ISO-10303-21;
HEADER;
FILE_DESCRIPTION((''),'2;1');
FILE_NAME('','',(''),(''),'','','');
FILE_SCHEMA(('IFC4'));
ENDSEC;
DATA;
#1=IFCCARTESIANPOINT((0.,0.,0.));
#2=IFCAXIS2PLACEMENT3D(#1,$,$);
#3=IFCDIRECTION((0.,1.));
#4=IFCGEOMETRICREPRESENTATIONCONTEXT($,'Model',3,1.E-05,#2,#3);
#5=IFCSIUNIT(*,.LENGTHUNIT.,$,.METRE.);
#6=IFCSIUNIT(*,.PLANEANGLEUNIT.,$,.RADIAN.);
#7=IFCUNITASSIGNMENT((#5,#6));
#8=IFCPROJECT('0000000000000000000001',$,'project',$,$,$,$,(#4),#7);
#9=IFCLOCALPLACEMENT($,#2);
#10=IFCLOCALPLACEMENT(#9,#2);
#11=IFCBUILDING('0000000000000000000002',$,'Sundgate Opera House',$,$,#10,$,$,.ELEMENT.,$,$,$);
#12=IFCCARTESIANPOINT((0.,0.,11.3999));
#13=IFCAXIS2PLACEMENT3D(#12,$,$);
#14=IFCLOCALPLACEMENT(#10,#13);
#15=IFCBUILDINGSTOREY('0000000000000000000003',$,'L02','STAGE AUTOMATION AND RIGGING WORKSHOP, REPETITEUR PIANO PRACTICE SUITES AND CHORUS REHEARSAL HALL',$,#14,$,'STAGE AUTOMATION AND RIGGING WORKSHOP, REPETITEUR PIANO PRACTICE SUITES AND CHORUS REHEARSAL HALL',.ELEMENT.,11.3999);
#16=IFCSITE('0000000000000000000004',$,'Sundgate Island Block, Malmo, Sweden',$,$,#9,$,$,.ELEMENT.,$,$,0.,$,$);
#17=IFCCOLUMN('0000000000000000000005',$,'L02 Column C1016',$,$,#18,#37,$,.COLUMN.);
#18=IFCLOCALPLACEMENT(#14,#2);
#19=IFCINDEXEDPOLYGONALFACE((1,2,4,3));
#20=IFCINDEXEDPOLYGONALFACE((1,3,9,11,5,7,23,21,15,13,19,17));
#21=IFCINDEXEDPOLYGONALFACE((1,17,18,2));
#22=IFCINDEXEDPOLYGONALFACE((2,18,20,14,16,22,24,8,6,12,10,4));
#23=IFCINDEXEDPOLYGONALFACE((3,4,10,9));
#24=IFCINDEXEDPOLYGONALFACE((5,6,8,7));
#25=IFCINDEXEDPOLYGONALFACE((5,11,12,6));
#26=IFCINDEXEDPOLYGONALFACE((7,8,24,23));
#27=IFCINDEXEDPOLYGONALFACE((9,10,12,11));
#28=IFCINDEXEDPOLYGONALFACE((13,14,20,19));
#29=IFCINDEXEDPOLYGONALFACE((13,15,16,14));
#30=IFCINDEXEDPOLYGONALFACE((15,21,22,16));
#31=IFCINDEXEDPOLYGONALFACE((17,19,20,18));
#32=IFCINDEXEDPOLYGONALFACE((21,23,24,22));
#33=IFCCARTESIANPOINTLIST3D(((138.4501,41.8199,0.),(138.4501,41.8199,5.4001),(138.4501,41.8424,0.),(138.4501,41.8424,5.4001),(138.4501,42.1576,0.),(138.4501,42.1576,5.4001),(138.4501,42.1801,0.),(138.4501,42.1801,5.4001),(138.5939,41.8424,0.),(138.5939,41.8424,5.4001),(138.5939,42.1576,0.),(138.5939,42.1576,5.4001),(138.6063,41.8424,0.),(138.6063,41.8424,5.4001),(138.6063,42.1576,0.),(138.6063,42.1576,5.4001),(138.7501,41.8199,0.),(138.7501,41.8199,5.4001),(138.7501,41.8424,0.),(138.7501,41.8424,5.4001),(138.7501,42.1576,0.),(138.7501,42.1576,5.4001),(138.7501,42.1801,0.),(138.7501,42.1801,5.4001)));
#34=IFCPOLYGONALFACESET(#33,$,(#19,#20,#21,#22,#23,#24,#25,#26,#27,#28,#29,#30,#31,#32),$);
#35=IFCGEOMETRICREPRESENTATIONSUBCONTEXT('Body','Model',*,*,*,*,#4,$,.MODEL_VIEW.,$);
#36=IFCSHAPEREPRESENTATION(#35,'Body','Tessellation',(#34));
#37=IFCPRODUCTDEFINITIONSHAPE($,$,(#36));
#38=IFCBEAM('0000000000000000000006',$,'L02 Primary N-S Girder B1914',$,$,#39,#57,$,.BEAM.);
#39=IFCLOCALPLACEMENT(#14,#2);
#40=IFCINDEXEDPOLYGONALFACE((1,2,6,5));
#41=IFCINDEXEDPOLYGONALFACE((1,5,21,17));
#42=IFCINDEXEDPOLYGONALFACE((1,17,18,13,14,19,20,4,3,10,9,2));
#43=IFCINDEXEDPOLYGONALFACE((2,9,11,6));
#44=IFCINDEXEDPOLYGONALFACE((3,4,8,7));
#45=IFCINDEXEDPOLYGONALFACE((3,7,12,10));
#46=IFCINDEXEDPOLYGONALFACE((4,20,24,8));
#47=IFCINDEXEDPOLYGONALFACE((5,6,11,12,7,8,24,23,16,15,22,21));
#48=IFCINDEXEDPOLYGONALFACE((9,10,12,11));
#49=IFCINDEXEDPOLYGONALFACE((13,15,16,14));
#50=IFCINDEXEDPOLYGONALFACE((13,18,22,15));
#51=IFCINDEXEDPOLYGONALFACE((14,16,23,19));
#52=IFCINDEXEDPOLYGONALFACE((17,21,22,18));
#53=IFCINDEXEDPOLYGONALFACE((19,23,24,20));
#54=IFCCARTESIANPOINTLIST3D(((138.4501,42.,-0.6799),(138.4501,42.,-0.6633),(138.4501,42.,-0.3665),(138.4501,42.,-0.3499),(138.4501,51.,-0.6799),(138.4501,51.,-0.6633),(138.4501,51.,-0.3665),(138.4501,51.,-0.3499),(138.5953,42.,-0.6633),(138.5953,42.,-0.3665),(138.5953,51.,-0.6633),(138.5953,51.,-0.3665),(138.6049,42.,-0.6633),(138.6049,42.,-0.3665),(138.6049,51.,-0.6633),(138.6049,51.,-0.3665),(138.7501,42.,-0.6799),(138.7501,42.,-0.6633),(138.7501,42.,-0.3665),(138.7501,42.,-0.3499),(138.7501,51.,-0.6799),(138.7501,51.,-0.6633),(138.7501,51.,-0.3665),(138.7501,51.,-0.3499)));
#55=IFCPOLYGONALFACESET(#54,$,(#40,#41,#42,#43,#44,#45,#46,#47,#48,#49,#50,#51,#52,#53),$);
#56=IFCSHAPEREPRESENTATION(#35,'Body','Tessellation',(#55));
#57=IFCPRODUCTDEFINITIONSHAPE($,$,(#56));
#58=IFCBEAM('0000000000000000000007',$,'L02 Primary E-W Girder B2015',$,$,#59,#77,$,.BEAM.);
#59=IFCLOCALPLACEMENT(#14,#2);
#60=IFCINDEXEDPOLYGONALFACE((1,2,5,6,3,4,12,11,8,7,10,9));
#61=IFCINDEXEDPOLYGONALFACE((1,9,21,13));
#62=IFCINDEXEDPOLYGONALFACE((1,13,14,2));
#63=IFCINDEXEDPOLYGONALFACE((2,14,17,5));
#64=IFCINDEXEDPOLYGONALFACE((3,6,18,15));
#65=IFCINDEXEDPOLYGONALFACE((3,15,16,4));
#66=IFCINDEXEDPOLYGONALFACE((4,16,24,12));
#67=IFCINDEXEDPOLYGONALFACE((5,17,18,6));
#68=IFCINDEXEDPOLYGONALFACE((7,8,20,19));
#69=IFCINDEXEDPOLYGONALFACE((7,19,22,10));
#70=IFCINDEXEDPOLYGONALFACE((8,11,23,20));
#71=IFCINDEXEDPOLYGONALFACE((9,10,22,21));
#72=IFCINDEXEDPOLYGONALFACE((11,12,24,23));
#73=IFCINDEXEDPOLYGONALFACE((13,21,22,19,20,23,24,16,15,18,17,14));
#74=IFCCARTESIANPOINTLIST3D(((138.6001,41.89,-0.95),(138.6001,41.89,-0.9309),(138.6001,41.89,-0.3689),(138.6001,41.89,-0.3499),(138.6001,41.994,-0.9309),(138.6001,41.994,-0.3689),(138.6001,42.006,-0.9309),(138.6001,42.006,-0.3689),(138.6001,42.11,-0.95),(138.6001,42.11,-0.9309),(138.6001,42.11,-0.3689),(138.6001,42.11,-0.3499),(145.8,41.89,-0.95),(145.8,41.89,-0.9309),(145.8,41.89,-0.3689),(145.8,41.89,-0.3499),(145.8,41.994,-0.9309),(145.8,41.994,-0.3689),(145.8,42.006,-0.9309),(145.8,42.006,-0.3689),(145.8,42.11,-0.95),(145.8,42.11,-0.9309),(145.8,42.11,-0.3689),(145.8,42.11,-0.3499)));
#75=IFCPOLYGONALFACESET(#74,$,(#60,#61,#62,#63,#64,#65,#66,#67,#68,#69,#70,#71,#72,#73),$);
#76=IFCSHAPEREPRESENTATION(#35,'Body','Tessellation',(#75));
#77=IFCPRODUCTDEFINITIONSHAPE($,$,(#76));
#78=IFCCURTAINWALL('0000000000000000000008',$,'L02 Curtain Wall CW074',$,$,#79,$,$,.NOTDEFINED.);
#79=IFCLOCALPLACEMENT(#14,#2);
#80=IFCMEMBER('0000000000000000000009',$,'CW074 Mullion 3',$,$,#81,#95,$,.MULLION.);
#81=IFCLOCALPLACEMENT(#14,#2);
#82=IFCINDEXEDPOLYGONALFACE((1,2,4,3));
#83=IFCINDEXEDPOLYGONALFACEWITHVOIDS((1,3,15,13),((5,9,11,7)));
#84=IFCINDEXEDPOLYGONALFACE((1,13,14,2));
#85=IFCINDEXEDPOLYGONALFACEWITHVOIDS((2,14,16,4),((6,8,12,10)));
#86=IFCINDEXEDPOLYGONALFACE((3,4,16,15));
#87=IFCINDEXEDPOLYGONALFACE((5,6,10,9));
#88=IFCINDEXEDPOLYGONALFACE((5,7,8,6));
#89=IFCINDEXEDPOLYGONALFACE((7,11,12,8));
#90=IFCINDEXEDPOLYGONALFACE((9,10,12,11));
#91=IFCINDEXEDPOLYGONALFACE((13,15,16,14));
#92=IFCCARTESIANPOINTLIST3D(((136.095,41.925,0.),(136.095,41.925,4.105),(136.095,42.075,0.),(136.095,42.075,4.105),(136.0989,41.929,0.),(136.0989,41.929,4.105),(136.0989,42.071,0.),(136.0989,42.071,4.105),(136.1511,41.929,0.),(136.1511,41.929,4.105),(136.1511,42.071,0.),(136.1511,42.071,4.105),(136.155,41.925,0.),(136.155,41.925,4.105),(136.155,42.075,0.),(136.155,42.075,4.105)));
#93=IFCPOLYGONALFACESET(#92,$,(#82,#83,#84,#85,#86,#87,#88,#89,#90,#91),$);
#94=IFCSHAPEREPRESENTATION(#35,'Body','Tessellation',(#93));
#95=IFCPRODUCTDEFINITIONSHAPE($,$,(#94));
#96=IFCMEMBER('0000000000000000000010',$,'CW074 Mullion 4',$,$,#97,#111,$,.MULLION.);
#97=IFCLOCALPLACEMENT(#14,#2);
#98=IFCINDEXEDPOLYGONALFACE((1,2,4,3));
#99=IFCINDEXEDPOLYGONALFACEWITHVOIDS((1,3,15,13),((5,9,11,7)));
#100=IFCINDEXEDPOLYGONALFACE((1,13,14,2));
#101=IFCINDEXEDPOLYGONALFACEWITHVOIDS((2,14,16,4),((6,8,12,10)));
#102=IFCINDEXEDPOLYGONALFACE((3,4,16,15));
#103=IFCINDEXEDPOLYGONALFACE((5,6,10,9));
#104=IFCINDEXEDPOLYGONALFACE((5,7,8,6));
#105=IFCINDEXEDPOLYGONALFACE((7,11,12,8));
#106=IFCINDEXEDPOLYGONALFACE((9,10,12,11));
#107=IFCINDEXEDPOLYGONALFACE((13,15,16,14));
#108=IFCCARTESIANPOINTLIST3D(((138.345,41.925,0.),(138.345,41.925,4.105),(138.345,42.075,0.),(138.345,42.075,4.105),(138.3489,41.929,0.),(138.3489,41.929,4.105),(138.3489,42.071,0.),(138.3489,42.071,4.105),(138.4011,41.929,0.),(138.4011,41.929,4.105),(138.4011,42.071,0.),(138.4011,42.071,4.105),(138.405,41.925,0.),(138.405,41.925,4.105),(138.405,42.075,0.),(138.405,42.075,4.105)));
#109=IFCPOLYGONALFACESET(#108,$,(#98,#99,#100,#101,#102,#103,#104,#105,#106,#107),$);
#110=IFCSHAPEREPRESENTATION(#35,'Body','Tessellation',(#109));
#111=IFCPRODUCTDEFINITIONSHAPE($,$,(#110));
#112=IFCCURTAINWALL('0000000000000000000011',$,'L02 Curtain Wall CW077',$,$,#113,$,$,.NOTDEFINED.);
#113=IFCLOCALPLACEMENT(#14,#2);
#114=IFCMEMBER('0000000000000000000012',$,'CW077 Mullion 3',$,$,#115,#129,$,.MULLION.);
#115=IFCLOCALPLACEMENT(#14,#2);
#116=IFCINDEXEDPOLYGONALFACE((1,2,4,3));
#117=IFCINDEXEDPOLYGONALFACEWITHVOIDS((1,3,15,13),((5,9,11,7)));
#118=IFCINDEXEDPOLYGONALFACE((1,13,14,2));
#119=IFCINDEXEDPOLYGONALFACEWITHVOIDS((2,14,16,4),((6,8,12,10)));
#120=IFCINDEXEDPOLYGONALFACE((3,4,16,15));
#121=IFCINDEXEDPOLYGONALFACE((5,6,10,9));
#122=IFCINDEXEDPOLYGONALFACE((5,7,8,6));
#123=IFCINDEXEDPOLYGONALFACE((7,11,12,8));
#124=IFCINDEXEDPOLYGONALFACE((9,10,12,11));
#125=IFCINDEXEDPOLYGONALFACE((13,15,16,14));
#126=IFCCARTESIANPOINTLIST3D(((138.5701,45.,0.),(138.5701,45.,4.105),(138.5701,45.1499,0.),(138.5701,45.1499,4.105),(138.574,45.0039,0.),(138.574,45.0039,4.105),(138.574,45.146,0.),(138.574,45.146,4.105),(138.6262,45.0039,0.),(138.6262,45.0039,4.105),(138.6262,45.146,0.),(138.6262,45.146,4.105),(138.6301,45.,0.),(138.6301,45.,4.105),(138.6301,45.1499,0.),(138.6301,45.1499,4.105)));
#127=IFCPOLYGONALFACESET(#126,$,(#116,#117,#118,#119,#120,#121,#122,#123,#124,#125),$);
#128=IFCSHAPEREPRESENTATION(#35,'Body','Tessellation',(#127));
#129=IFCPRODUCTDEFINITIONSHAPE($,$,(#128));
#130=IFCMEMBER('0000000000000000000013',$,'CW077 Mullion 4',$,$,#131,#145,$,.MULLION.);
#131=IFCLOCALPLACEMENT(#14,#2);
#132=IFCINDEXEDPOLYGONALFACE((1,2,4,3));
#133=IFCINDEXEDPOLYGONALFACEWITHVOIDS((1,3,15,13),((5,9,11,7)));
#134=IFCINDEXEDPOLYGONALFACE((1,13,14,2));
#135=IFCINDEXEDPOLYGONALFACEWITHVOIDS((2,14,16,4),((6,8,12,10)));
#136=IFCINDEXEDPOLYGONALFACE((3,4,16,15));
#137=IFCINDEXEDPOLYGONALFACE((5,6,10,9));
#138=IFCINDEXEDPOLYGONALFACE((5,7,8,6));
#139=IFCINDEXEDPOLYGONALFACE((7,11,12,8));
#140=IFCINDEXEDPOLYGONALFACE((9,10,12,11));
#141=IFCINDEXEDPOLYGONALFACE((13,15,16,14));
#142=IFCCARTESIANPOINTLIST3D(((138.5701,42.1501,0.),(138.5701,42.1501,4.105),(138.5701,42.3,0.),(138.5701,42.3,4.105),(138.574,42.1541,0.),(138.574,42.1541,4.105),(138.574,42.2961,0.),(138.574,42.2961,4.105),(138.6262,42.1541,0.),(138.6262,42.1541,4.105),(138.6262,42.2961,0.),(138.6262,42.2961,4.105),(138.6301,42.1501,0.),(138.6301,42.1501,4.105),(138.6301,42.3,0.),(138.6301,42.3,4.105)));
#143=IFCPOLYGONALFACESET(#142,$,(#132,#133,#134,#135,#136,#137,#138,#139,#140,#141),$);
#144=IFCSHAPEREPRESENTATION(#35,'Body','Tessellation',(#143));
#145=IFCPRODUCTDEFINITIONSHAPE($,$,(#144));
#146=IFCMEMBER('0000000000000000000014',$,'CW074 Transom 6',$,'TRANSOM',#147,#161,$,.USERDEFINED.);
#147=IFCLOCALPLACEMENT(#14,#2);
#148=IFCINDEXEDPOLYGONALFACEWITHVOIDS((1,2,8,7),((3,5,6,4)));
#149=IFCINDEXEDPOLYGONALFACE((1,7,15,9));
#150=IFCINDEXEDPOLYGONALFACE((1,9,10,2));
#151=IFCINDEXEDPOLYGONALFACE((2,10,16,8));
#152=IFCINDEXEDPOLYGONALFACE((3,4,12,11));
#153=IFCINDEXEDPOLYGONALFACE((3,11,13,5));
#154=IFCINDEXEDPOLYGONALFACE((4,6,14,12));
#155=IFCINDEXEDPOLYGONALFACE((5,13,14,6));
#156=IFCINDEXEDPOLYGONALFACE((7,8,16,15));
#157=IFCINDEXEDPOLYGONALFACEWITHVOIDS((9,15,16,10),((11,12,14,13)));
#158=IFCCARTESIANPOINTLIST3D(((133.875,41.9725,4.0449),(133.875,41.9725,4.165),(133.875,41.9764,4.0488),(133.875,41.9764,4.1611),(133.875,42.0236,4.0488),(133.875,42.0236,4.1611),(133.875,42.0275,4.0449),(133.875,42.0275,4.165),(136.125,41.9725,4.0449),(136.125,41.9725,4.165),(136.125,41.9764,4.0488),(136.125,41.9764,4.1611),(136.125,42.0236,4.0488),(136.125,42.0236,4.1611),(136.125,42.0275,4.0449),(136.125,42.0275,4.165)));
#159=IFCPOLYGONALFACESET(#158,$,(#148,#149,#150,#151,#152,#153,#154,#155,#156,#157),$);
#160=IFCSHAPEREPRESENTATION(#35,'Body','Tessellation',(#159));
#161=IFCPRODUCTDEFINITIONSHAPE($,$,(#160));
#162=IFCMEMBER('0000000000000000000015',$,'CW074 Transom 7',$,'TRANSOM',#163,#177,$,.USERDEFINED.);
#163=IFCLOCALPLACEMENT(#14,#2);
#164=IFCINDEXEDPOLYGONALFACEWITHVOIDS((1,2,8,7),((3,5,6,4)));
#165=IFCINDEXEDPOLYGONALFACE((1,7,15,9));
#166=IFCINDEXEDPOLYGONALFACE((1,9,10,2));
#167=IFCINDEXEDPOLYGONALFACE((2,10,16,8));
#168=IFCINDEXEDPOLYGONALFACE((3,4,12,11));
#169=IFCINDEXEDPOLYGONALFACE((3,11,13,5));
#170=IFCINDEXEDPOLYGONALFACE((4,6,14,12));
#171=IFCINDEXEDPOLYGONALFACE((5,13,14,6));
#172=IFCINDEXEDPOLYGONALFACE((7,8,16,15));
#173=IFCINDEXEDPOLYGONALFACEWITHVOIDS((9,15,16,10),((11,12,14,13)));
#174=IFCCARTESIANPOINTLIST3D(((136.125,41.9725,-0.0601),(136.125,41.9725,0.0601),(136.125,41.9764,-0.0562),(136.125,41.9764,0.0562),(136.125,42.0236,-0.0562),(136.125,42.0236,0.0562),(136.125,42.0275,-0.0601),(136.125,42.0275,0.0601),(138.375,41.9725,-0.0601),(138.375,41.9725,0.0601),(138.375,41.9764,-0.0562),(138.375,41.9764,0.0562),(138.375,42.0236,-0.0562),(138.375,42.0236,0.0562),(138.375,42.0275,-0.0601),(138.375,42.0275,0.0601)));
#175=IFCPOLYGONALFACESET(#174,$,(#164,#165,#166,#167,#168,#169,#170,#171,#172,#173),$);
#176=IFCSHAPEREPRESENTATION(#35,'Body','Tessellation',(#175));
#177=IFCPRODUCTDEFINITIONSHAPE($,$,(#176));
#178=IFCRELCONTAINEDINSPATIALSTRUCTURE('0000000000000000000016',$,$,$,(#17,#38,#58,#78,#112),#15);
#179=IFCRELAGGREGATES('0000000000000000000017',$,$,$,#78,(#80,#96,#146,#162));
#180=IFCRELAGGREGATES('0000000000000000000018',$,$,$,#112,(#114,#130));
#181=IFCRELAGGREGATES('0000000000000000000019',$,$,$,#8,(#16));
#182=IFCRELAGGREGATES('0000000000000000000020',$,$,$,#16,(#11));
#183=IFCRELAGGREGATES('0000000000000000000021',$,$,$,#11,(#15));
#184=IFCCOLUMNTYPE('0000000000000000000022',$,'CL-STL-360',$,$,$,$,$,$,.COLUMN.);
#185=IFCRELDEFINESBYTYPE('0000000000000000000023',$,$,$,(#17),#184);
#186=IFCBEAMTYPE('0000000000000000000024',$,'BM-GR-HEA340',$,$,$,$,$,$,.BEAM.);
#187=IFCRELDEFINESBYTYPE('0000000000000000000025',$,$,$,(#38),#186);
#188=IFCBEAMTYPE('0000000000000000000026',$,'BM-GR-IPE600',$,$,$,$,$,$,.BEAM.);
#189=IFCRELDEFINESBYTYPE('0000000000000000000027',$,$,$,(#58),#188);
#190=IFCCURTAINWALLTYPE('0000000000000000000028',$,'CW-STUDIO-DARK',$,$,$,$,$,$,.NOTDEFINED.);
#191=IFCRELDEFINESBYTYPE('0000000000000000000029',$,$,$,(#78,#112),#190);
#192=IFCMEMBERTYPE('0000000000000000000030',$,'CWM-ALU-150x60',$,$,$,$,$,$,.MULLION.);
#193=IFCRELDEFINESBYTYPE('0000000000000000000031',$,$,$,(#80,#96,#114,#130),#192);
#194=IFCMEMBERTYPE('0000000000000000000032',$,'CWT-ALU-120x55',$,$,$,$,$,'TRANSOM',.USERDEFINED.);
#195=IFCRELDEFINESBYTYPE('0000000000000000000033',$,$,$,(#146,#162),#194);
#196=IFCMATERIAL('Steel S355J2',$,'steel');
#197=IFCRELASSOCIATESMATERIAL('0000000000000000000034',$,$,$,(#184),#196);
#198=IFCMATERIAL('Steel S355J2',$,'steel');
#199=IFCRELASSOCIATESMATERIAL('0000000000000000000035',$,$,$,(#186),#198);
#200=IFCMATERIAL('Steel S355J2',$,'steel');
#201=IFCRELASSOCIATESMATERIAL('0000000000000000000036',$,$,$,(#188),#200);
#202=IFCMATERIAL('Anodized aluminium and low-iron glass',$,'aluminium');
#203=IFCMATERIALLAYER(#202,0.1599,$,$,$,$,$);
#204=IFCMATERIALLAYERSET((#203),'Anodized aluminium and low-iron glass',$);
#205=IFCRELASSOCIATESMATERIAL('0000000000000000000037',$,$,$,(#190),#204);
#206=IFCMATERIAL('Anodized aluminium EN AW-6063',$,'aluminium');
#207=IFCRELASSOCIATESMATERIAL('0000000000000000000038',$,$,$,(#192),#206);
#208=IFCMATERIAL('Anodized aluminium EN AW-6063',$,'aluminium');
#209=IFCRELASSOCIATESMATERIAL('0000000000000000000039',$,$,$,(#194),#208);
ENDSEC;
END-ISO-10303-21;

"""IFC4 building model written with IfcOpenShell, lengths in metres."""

from ifc_helpers import new_model, si_unit, direction, frame, origin, origin_2d, place, context, subcontext, project, spatial, hollow_rectangle, i_section, extrude, material, layer, layer_set, material_profile, profile_set, type_object, element, aggregate, save


model = new_model("IFC4")

# Units and contexts
model_context = context("Model", 3, precision=1e-05, world=origin(), true_north=direction((0.0, 1.0)))
body_context = subcontext(model_context, "Body", "Model", "MODEL_VIEW")
ifc_project = project(units=[si_unit("LENGTHUNIT", "METRE"), si_unit("PLANEANGLEUNIT", "RADIAN")], contexts=[model_context])

# Site, building, storey
site_placement = place(None, origin())
site = spatial("IfcSite", under=ifc_project, at=site_placement, Name="Sundgate Island Block, Malmo, Sweden", CompositionType="ELEMENT", RefElevation=0.0)
building_placement = place(site_placement, origin())
building = spatial("IfcBuilding", under=site, at=building_placement, Name="Sundgate Opera House", CompositionType="ELEMENT")
storey_placement = place(building_placement, frame((0.0, 0.0, 11.3999)))
storey = spatial("IfcBuildingStorey", under=building, at=storey_placement, Name="L02", Description="STAGE AUTOMATION AND RIGGING WORKSHOP, REPETITEUR PIANO PRACTICE SUITES AND CHORUS REHEARSAL HALL", LongName="STAGE AUTOMATION AND RIGGING WORKSHOP, REPETITEUR PIANO PRACTICE SUITES AND CHORUS REHEARSAL HALL", CompositionType="ELEMENT", Elevation=11.3999)

# Column
ifc_material_1 = material(Name="Steel S355J2", Category="steel")
ifc_material_profile_1 = material_profile(ifc_material_1, i_section(OverallWidth=0.3, OverallDepth=0.3601, WebThickness=0.0125, FlangeThickness=0.0225, at=origin_2d()), Name="HEB 360")
ifc_profile_set_1 = profile_set([ifc_material_profile_1], Name="Steel S355J2")
column_type = type_object("IfcColumnType", Name="CL-STL-360", PredefinedType="COLUMN", material=ifc_profile_set_1)
column_placement = place(storey_placement, frame((138.6001, 42.0, 0.0), z_axis=(0.0, 0.0, 1.0), x_axis=(1.0, 0.0, 0.0)))
element("IfcColumn", 1, at=column_placement, inside=storey, type_object=column_type, Name="L02 Column C1016", PredefinedType="COLUMN", context=body_context, shape_type="SweptSolid", body=[
    extrude(i_section(OverallWidth=0.3, OverallDepth=0.3601, WebThickness=0.0125, FlangeThickness=0.0225, at=origin_2d()), origin(), (0.0, 0.0, 1.0), 5.4001),
])

# Beams
ifc_material_2 = material(Name="Steel S355J2", Category="steel")
ifc_material_profile_2 = material_profile(ifc_material_2, i_section(OverallWidth=0.3, OverallDepth=0.3301, WebThickness=0.0095, FlangeThickness=0.0166, at=origin_2d()), Name="HEA 340")
ifc_profile_set_2 = profile_set([ifc_material_profile_2], Name="Steel S355J2")
beam_type_1 = type_object("IfcBeamType", Name="BM-GR-HEA340", PredefinedType="BEAM", material=ifc_profile_set_2)
beam_1_placement = place(storey_placement, frame((138.6001, 42.0, -0.5149), z_axis=(0.0, 1.0, 0.0), x_axis=(-1.0, 0.0, 0.0)))
element("IfcBeam", 2, at=beam_1_placement, inside=storey, type_object=beam_type_1, Name="L02 Primary N-S Girder B1914", PredefinedType="BEAM", context=body_context, shape_type="SweptSolid", body=[
    extrude(i_section(OverallWidth=0.3, OverallDepth=0.3301, WebThickness=0.0095, FlangeThickness=0.0166, at=origin_2d()), origin(), (0.0, 0.0, 1.0), 9.0),
])
ifc_material_3 = material(Name="Steel S355J2", Category="steel")
ifc_material_profile_3 = material_profile(ifc_material_3, i_section(OverallWidth=0.22, OverallDepth=0.6001, WebThickness=0.012, FlangeThickness=0.019, at=origin_2d()), Name="IPE 600")
ifc_profile_set_3 = profile_set([ifc_material_profile_3], Name="Steel S355J2")
beam_type_2 = type_object("IfcBeamType", Name="BM-GR-IPE600", PredefinedType="BEAM", material=ifc_profile_set_3)
beam_2_placement = place(storey_placement, frame((138.6001, 42.0, -0.6499), z_axis=(1.0, 0.0, 0.0), x_axis=(0.0, 1.0, 0.0)))
element("IfcBeam", 3, at=beam_2_placement, inside=storey, type_object=beam_type_2, Name="L02 Primary E-W Girder B2015", PredefinedType="BEAM", context=body_context, shape_type="SweptSolid", body=[
    extrude(i_section(OverallWidth=0.22, OverallDepth=0.6001, WebThickness=0.012, FlangeThickness=0.019, at=origin_2d()), origin(), (0.0, 0.0, 1.0), 7.2),
])

# Curtain walls, members
ifc_material_4 = material(Name="Anodized aluminium and low-iron glass", Category="aluminium")
ifc_layer_1 = layer(ifc_material_4, 0.1599)
ifc_layer_set_1 = layer_set([ifc_layer_1], Name="Anodized aluminium and low-iron glass")
curtain_wall_type = type_object("IfcCurtainWallType", Name="CW-STUDIO-DARK", PredefinedType="NOTDEFINED", material=ifc_layer_set_1)
curtain_wall_1_placement = place(storey_placement, origin())
curtain_wall_1 = element("IfcCurtainWall", 4, at=curtain_wall_1_placement, inside=storey, type_object=curtain_wall_type, Name="L02 Curtain Wall CW074", PredefinedType="NOTDEFINED")
ifc_material_5 = material(Name="Anodized aluminium EN AW-6063", Category="aluminium")
ifc_material_profile_4 = material_profile(ifc_material_5, hollow_rectangle(XDim=0.0601, YDim=0.1499, WallThickness=0.0039, at=origin_2d()), Name="CWM 150x60x4")
ifc_profile_set_4 = profile_set([ifc_material_profile_4], Name="Anodized aluminium EN AW-6063")
member_type_1 = type_object("IfcMemberType", Name="CWM-ALU-150x60", PredefinedType="MULLION", material=ifc_profile_set_4)
member_1_placement = place(storey_placement, frame((136.125, 42.0, 0.0), z_axis=(0.0, 0.0, 1.0), x_axis=(1.0, 0.0, 0.0)))
member_1 = element("IfcMember", 5, at=member_1_placement, type_object=member_type_1, Name="CW074 Mullion 3", PredefinedType="MULLION", context=body_context, shape_type="SweptSolid", body=[
    extrude(hollow_rectangle(XDim=0.0601, YDim=0.1499, WallThickness=0.0039, at=origin_2d()), origin(), (0.0, 0.0, 1.0), 4.105),
])
member_2_placement = place(storey_placement, frame((138.375, 42.0, 0.0), z_axis=(0.0, 0.0, 1.0), x_axis=(1.0, 0.0, 0.0)))
member_2 = element("IfcMember", 6, at=member_2_placement, type_object=member_type_1, Name="CW074 Mullion 4", PredefinedType="MULLION", context=body_context, shape_type="SweptSolid", body=[
    extrude(hollow_rectangle(XDim=0.0601, YDim=0.1499, WallThickness=0.0039, at=origin_2d()), origin(), (0.0, 0.0, 1.0), 4.105),
])
curtain_wall_2_placement = place(storey_placement, origin())
curtain_wall_2 = element("IfcCurtainWall", 7, at=curtain_wall_2_placement, inside=storey, type_object=curtain_wall_type, Name="L02 Curtain Wall CW077", PredefinedType="NOTDEFINED")
member_3_placement = place(storey_placement, frame((138.6001, 45.075, 0.0), z_axis=(0.0, 0.0, 1.0), x_axis=(1.0, 0.0, 0.0)))
member_3 = element("IfcMember", 8, at=member_3_placement, type_object=member_type_1, Name="CW077 Mullion 3", PredefinedType="MULLION", context=body_context, shape_type="SweptSolid", body=[
    extrude(hollow_rectangle(XDim=0.0601, YDim=0.1499, WallThickness=0.0039, at=origin_2d()), origin(), (0.0, 0.0, 1.0), 4.105),
])
member_4_placement = place(storey_placement, frame((138.6001, 42.2251, 0.0), z_axis=(0.0, 0.0, 1.0), x_axis=(1.0, 0.0, 0.0)))
member_4 = element("IfcMember", 9, at=member_4_placement, type_object=member_type_1, Name="CW077 Mullion 4", PredefinedType="MULLION", context=body_context, shape_type="SweptSolid", body=[
    extrude(hollow_rectangle(XDim=0.0601, YDim=0.1499, WallThickness=0.0039, at=origin_2d()), origin(), (0.0, 0.0, 1.0), 4.105),
])

# Members
ifc_material_6 = material(Name="Anodized aluminium EN AW-6063", Category="aluminium")
ifc_material_profile_5 = material_profile(ifc_material_6, hollow_rectangle(XDim=0.0549, YDim=0.1201, WallThickness=0.0039, at=origin_2d()), Name="CWT 120x55x4")
ifc_profile_set_5 = profile_set([ifc_material_profile_5], Name="Anodized aluminium EN AW-6063")
member_type_2 = type_object("IfcMemberType", Name="CWT-ALU-120x55", ElementType="TRANSOM", PredefinedType="USERDEFINED", material=ifc_profile_set_5)
member_5_placement = place(storey_placement, frame((133.875, 42.0, 4.105), z_axis=(1.0, 0.0, 0.0), x_axis=(0.0, 1.0, 0.0)))
member_5 = element("IfcMember", 10, at=member_5_placement, type_object=member_type_2, Name="CW074 Transom 6", ObjectType="TRANSOM", PredefinedType="USERDEFINED", context=body_context, shape_type="SweptSolid", body=[
    extrude(hollow_rectangle(XDim=0.0549, YDim=0.1201, WallThickness=0.0039, at=origin_2d()), origin(), (0.0, 0.0, 1.0), 2.25),
])
member_6_placement = place(storey_placement, frame((136.125, 42.0, 0.0), z_axis=(1.0, 0.0, 0.0), x_axis=(0.0, 1.0, 0.0)))
member_6 = element("IfcMember", 11, at=member_6_placement, type_object=member_type_2, Name="CW074 Transom 7", ObjectType="TRANSOM", PredefinedType="USERDEFINED", context=body_context, shape_type="SweptSolid", body=[
    extrude(hollow_rectangle(XDim=0.0549, YDim=0.1201, WallThickness=0.0039, at=origin_2d()), origin(), (0.0, 0.0, 1.0), 2.25),
])

aggregate(curtain_wall_1, [member_1, member_2, member_5, member_6])
aggregate(curtain_wall_2, [member_3, member_4])

save(model, "model.ifc")
